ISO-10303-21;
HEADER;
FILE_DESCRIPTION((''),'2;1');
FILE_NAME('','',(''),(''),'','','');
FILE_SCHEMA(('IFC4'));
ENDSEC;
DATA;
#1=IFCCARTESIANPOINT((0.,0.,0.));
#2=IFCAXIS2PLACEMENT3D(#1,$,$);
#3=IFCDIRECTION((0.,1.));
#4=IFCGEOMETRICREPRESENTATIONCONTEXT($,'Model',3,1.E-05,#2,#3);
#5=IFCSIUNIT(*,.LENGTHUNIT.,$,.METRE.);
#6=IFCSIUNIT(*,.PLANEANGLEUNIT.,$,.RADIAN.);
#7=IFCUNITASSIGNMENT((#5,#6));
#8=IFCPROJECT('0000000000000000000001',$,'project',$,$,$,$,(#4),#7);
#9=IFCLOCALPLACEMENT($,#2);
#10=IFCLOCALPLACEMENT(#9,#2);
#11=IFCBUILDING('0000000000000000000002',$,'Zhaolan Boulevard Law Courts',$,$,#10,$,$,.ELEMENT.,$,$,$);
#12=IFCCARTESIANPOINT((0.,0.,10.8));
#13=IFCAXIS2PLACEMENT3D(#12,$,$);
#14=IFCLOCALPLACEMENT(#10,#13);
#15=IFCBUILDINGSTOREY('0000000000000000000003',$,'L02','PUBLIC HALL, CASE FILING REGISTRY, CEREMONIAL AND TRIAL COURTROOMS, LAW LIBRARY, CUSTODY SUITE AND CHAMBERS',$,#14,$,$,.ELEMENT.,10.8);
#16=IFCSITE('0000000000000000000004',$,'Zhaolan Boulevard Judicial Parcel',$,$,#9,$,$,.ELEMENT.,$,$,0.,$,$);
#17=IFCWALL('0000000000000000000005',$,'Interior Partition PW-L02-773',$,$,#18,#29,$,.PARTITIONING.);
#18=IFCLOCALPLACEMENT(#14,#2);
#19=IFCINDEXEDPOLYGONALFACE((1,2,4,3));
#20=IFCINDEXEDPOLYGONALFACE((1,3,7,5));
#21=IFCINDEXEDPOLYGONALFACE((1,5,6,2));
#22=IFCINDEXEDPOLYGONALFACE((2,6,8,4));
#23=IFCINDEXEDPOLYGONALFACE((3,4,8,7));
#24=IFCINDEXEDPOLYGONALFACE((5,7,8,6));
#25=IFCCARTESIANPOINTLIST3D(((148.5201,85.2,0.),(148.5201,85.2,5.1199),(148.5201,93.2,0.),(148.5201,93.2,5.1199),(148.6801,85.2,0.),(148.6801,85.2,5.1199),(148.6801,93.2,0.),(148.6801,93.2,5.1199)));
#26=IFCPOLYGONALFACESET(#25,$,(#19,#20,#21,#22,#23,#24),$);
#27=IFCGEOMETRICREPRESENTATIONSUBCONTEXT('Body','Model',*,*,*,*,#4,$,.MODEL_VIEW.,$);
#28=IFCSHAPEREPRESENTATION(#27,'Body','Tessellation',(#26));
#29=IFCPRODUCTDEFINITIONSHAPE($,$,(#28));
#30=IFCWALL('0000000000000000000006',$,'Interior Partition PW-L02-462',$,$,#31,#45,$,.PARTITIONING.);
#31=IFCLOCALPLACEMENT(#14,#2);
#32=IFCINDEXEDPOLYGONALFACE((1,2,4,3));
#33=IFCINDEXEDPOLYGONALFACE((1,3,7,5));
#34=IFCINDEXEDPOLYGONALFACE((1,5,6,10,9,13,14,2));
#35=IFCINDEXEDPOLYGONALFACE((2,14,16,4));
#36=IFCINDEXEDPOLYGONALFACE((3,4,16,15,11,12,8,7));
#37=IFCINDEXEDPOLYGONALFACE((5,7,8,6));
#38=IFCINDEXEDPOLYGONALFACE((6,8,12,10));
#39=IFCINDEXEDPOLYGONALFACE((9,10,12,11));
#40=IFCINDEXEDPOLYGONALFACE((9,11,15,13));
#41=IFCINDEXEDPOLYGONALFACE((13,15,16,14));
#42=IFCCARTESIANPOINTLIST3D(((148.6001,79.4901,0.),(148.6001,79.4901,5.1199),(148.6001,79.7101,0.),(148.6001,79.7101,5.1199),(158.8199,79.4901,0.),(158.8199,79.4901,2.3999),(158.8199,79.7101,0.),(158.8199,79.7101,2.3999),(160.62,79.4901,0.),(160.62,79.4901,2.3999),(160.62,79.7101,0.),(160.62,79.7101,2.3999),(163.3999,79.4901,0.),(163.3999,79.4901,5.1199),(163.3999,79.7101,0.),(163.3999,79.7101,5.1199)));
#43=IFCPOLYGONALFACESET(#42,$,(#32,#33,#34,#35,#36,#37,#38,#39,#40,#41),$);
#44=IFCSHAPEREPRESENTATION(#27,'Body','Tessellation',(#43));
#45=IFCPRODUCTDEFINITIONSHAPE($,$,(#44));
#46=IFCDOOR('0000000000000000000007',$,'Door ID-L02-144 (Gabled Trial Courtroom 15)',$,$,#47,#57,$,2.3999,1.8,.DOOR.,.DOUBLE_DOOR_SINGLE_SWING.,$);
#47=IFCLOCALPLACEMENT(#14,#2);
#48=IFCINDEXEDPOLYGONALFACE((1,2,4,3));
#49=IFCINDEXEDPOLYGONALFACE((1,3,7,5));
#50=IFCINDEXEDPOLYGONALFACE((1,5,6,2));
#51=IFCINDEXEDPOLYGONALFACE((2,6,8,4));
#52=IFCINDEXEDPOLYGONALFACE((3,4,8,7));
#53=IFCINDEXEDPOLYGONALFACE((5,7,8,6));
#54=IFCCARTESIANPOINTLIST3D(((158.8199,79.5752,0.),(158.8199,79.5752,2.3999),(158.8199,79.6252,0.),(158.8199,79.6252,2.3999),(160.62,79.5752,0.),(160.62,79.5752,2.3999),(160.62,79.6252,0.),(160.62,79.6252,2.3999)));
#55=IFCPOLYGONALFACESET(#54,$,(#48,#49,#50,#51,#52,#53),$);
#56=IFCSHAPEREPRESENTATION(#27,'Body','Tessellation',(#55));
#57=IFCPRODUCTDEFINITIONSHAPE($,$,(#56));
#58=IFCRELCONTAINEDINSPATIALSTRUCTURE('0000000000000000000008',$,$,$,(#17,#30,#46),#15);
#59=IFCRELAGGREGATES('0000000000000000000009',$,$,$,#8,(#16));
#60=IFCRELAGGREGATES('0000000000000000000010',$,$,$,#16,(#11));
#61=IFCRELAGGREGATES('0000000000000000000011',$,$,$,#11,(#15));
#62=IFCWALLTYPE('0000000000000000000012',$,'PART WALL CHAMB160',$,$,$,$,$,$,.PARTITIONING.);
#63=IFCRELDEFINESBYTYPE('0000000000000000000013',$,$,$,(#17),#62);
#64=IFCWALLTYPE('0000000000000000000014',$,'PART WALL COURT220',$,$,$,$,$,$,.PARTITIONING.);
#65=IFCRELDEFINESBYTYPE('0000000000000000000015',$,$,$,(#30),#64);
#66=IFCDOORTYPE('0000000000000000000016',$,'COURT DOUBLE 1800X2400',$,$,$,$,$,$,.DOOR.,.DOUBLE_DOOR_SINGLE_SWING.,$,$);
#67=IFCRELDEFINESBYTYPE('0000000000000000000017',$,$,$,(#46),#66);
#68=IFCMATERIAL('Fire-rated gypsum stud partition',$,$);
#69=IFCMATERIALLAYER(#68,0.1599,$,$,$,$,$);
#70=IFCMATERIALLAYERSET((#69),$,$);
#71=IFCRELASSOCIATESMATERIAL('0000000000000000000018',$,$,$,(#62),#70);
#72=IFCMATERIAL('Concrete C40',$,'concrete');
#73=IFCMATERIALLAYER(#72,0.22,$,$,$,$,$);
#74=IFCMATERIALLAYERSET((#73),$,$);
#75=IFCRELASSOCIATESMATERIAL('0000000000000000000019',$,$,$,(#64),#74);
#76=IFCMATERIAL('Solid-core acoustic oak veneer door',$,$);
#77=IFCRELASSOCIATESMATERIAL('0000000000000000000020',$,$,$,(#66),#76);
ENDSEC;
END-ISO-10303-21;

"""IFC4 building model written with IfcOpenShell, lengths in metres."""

from ifc_helpers import new_model, si_unit, direction, frame, frame_2d, origin, place, context, subcontext, project, spatial, rectangle, extrude, material, layer, layer_set, type_object, element, fill, save


model = new_model("IFC4")

# Units and contexts
model_context = context("Model", 3, precision=1e-05, world=origin(), true_north=direction((0.0, 1.0)))
body_context = subcontext(model_context, "Body", "Model", "MODEL_VIEW")
ifc_project = project(units=[si_unit("LENGTHUNIT", "METRE"), si_unit("PLANEANGLEUNIT", "RADIAN")], contexts=[model_context])

# Site, building, storey
site_placement = place(None, origin())
site = spatial("IfcSite", under=ifc_project, at=site_placement, Name="Zhaolan Boulevard Judicial Parcel", CompositionType="ELEMENT", RefElevation=0.0)
building_placement = place(site_placement, origin())
building = spatial("IfcBuilding", under=site, at=building_placement, Name="Zhaolan Boulevard Law Courts", CompositionType="ELEMENT")
storey_placement = place(building_placement, frame((0.0, 0.0, 10.8)))
storey = spatial("IfcBuildingStorey", under=building, at=storey_placement, Name="L02", Description="PUBLIC HALL, CASE FILING REGISTRY, CEREMONIAL AND TRIAL COURTROOMS, LAW LIBRARY, CUSTODY SUITE AND CHAMBERS", CompositionType="ELEMENT", Elevation=10.8)

# Shared definitions
ifc_material_1 = material(Name="Fire-rated gypsum stud partition")
ifc_layer_1 = layer(ifc_material_1, 0.1599)
ifc_layer_set_1 = layer_set([ifc_layer_1])
wall_type_1 = type_object("IfcWallType", Name="PART WALL CHAMB160", PredefinedType="PARTITIONING", material=ifc_layer_set_1)

# Wall
wall_1_placement = place(storey_placement, frame((148.6001, 93.2, 0.0), z_axis=(0.0, 0.0, 1.0), x_axis=(0.0, -1.0, 0.0)))
element("IfcWall", 1, at=wall_1_placement, inside=storey, type_object=wall_type_1, Name="Interior Partition PW-L02-773", PredefinedType="PARTITIONING", context=body_context, shape_type="SweptSolid", body=[
    extrude(rectangle(XDim=8.0, YDim=0.1599, at=frame_2d((4.0, 0.0))), origin(), (0.0, 0.0, 1.0), 5.1199),
])

# Wall, opening, door
ifc_material_2 = material(Name="Concrete C40", Category="concrete")
ifc_layer_2 = layer(ifc_material_2, 0.22)
ifc_layer_set_2 = layer_set([ifc_layer_2])
wall_type_2 = type_object("IfcWallType", Name="PART WALL COURT220", PredefinedType="PARTITIONING", material=ifc_layer_set_2)
wall_2_placement = place(storey_placement, frame((163.3999, 79.6001, 0.0), z_axis=(0.0, 0.0, 1.0), x_axis=(-1.0, 0.0, 0.0)))
wall_2 = element("IfcWall", 2, at=wall_2_placement, inside=storey, type_object=wall_type_2, Name="Interior Partition PW-L02-462", PredefinedType="PARTITIONING", context=body_context, shape_type="SweptSolid", body=[
    extrude(rectangle(XDim=14.7998, YDim=0.22, at=frame_2d((7.3999, 0.0))), origin(), (0.0, 0.0, 1.0), 5.1199),
])
opening_1_placement = place(wall_2_placement, frame((2.78, 0.0, 0.0)))
opening_1 = element("IfcOpeningElement", 3, at=opening_1_placement, cuts=wall_2, PredefinedType="OPENING", context=body_context, shape_type="SweptSolid", body=[
    extrude(rectangle(XDim=1.8, YDim=2.3999, at=frame_2d((0.8999, 1.2))), frame((0.0, 0.1199, 0.0), z_axis=(0.0, -1.0, 0.0), x_axis=(1.0, 0.0, 0.0)), (0.0, 0.0, 1.0), 0.24),
])
ifc_material_3 = material(Name="Solid-core acoustic oak veneer door")
door_type_1 = type_object("IfcDoorType", Name="COURT DOUBLE 1800X2400", OperationType="DOUBLE_DOOR_SINGLE_SWING", PredefinedType="DOOR", material=ifc_material_3)
door_1_placement = place(opening_1_placement, origin())
door_1 = element("IfcDoor", 4, at=door_1_placement, inside=storey, type_object=door_type_1, Name="Door ID-L02-144 (Gabled Trial Courtroom 15)", OperationType="DOUBLE_DOOR_SINGLE_SWING", OverallHeight=2.3999, OverallWidth=1.8, PredefinedType="DOOR", context=body_context, shape_type="SweptSolid", body=[
    extrude(rectangle(XDim=1.8, YDim=2.3999, at=frame_2d((0.8999, 1.2))), frame((0.0, 0.0249, 0.0), z_axis=(0.0, -1.0, 0.0), x_axis=(1.0, 0.0, 0.0)), (0.0, 0.0, 1.0), 0.05),
])
fill(opening_1, door_1)

save(model, "model.ifc")
